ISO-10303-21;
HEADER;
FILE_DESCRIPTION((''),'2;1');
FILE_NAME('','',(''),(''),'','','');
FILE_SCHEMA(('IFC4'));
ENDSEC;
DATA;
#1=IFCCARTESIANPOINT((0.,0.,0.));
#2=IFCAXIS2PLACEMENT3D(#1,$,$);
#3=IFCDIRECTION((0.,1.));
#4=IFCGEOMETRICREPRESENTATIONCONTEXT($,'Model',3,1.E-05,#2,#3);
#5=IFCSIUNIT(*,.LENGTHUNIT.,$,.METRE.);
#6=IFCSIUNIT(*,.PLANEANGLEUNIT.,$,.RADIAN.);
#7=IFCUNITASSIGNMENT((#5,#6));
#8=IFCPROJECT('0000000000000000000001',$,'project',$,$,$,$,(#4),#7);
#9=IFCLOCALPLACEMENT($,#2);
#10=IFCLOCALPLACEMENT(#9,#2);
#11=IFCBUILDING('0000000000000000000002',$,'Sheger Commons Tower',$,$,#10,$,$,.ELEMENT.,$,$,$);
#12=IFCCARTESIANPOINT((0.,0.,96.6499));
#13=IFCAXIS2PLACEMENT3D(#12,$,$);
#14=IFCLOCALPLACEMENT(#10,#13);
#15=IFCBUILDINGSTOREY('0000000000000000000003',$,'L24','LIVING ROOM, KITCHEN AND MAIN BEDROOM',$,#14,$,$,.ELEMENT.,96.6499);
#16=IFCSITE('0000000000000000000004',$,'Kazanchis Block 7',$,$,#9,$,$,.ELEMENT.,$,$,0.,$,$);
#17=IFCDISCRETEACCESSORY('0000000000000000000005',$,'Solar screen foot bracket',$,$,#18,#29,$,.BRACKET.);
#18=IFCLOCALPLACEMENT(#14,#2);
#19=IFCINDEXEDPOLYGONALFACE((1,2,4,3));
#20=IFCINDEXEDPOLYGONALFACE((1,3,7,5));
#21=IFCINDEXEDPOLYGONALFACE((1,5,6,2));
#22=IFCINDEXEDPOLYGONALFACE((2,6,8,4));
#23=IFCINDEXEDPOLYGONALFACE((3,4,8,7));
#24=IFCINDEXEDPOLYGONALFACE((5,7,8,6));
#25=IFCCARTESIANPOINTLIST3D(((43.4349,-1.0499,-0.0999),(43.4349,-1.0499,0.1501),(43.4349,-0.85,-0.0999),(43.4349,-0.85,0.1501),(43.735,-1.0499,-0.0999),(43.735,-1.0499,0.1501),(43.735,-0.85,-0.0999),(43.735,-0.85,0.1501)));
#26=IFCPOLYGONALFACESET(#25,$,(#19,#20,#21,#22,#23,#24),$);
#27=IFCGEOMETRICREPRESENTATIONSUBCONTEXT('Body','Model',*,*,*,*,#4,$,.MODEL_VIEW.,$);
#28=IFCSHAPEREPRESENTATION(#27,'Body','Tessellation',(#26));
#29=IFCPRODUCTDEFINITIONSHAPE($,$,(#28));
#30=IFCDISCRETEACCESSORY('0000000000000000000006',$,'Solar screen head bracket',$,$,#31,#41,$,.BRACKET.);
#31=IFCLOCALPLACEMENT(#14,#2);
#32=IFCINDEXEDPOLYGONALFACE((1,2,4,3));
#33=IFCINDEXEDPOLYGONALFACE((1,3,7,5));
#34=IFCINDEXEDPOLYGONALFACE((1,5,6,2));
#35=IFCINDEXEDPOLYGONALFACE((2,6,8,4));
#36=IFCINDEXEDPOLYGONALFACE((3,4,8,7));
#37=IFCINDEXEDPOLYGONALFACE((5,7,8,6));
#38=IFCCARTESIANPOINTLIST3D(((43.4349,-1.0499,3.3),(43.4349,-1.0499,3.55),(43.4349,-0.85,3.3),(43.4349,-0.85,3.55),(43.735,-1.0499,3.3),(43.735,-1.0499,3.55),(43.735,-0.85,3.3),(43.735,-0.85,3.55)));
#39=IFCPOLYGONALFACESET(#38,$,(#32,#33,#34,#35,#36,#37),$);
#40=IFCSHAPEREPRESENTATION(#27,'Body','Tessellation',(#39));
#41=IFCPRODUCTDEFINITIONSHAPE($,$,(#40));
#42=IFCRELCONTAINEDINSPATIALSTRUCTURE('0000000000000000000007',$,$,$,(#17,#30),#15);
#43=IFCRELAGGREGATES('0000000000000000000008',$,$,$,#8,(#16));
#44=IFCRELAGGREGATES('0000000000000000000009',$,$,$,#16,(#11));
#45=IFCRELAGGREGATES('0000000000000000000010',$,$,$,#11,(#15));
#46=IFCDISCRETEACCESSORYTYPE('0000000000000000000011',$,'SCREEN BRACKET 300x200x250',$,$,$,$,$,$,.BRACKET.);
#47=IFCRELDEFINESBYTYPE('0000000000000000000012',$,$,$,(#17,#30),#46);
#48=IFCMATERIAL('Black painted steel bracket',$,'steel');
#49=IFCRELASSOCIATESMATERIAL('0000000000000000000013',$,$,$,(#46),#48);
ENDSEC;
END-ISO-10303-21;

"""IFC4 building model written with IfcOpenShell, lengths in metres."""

from ifc_helpers import new_model, si_unit, direction, frame, origin, origin_2d, place, context, subcontext, project, spatial, rectangle, extrude, material, type_object, element, save


model = new_model("IFC4")

# Units and contexts
model_context = context("Model", 3, precision=1e-05, world=origin(), true_north=direction((0.0, 1.0)))
body_context = subcontext(model_context, "Body", "Model", "MODEL_VIEW")
ifc_project = project(units=[si_unit("LENGTHUNIT", "METRE"), si_unit("PLANEANGLEUNIT", "RADIAN")], contexts=[model_context])

# Site, building, storey
site_placement = place(None, origin())
site = spatial("IfcSite", under=ifc_project, at=site_placement, Name="Kazanchis Block 7", CompositionType="ELEMENT", RefElevation=0.0)
building_placement = place(site_placement, origin())
building = spatial("IfcBuilding", under=site, at=building_placement, Name="Sheger Commons Tower", CompositionType="ELEMENT")
storey_placement = place(building_placement, frame((0.0, 0.0, 96.6499)))
storey = spatial("IfcBuildingStorey", under=building, at=storey_placement, Name="L24", Description="LIVING ROOM, KITCHEN AND MAIN BEDROOM", CompositionType="ELEMENT", Elevation=96.6499)

# Discrete accessories
ifc_material_1 = material(Name="Black painted steel bracket", Category="steel")
discrete_accessory_type = type_object("IfcDiscreteAccessoryType", Name="SCREEN BRACKET 300x200x250", PredefinedType="BRACKET", material=ifc_material_1)
for number, where, z_axis, x_axis, name in (
    (1, (43.585, -0.95, -0.0999), (0.0, 0.0, 1.0), (1.0, 0.0, 0.0), "Solar screen foot bracket"),
    (2, (43.585, -0.95, 3.3), (0.0, 0.0, 1.0), (1.0, 0.0, 0.0), "Solar screen head bracket"),
):
    element("IfcDiscreteAccessory", number, at=place(storey_placement, frame(where, z_axis=z_axis, x_axis=x_axis)), inside=storey, type_object=discrete_accessory_type, Name=name, PredefinedType="BRACKET", context=body_context, shape_type="SweptSolid", body=[
        extrude(rectangle(XDim=0.3, YDim=0.2, at=origin_2d()), origin(), (0.0, 0.0, 1.0), 0.25),
    ])

save(model, "model.ifc")
